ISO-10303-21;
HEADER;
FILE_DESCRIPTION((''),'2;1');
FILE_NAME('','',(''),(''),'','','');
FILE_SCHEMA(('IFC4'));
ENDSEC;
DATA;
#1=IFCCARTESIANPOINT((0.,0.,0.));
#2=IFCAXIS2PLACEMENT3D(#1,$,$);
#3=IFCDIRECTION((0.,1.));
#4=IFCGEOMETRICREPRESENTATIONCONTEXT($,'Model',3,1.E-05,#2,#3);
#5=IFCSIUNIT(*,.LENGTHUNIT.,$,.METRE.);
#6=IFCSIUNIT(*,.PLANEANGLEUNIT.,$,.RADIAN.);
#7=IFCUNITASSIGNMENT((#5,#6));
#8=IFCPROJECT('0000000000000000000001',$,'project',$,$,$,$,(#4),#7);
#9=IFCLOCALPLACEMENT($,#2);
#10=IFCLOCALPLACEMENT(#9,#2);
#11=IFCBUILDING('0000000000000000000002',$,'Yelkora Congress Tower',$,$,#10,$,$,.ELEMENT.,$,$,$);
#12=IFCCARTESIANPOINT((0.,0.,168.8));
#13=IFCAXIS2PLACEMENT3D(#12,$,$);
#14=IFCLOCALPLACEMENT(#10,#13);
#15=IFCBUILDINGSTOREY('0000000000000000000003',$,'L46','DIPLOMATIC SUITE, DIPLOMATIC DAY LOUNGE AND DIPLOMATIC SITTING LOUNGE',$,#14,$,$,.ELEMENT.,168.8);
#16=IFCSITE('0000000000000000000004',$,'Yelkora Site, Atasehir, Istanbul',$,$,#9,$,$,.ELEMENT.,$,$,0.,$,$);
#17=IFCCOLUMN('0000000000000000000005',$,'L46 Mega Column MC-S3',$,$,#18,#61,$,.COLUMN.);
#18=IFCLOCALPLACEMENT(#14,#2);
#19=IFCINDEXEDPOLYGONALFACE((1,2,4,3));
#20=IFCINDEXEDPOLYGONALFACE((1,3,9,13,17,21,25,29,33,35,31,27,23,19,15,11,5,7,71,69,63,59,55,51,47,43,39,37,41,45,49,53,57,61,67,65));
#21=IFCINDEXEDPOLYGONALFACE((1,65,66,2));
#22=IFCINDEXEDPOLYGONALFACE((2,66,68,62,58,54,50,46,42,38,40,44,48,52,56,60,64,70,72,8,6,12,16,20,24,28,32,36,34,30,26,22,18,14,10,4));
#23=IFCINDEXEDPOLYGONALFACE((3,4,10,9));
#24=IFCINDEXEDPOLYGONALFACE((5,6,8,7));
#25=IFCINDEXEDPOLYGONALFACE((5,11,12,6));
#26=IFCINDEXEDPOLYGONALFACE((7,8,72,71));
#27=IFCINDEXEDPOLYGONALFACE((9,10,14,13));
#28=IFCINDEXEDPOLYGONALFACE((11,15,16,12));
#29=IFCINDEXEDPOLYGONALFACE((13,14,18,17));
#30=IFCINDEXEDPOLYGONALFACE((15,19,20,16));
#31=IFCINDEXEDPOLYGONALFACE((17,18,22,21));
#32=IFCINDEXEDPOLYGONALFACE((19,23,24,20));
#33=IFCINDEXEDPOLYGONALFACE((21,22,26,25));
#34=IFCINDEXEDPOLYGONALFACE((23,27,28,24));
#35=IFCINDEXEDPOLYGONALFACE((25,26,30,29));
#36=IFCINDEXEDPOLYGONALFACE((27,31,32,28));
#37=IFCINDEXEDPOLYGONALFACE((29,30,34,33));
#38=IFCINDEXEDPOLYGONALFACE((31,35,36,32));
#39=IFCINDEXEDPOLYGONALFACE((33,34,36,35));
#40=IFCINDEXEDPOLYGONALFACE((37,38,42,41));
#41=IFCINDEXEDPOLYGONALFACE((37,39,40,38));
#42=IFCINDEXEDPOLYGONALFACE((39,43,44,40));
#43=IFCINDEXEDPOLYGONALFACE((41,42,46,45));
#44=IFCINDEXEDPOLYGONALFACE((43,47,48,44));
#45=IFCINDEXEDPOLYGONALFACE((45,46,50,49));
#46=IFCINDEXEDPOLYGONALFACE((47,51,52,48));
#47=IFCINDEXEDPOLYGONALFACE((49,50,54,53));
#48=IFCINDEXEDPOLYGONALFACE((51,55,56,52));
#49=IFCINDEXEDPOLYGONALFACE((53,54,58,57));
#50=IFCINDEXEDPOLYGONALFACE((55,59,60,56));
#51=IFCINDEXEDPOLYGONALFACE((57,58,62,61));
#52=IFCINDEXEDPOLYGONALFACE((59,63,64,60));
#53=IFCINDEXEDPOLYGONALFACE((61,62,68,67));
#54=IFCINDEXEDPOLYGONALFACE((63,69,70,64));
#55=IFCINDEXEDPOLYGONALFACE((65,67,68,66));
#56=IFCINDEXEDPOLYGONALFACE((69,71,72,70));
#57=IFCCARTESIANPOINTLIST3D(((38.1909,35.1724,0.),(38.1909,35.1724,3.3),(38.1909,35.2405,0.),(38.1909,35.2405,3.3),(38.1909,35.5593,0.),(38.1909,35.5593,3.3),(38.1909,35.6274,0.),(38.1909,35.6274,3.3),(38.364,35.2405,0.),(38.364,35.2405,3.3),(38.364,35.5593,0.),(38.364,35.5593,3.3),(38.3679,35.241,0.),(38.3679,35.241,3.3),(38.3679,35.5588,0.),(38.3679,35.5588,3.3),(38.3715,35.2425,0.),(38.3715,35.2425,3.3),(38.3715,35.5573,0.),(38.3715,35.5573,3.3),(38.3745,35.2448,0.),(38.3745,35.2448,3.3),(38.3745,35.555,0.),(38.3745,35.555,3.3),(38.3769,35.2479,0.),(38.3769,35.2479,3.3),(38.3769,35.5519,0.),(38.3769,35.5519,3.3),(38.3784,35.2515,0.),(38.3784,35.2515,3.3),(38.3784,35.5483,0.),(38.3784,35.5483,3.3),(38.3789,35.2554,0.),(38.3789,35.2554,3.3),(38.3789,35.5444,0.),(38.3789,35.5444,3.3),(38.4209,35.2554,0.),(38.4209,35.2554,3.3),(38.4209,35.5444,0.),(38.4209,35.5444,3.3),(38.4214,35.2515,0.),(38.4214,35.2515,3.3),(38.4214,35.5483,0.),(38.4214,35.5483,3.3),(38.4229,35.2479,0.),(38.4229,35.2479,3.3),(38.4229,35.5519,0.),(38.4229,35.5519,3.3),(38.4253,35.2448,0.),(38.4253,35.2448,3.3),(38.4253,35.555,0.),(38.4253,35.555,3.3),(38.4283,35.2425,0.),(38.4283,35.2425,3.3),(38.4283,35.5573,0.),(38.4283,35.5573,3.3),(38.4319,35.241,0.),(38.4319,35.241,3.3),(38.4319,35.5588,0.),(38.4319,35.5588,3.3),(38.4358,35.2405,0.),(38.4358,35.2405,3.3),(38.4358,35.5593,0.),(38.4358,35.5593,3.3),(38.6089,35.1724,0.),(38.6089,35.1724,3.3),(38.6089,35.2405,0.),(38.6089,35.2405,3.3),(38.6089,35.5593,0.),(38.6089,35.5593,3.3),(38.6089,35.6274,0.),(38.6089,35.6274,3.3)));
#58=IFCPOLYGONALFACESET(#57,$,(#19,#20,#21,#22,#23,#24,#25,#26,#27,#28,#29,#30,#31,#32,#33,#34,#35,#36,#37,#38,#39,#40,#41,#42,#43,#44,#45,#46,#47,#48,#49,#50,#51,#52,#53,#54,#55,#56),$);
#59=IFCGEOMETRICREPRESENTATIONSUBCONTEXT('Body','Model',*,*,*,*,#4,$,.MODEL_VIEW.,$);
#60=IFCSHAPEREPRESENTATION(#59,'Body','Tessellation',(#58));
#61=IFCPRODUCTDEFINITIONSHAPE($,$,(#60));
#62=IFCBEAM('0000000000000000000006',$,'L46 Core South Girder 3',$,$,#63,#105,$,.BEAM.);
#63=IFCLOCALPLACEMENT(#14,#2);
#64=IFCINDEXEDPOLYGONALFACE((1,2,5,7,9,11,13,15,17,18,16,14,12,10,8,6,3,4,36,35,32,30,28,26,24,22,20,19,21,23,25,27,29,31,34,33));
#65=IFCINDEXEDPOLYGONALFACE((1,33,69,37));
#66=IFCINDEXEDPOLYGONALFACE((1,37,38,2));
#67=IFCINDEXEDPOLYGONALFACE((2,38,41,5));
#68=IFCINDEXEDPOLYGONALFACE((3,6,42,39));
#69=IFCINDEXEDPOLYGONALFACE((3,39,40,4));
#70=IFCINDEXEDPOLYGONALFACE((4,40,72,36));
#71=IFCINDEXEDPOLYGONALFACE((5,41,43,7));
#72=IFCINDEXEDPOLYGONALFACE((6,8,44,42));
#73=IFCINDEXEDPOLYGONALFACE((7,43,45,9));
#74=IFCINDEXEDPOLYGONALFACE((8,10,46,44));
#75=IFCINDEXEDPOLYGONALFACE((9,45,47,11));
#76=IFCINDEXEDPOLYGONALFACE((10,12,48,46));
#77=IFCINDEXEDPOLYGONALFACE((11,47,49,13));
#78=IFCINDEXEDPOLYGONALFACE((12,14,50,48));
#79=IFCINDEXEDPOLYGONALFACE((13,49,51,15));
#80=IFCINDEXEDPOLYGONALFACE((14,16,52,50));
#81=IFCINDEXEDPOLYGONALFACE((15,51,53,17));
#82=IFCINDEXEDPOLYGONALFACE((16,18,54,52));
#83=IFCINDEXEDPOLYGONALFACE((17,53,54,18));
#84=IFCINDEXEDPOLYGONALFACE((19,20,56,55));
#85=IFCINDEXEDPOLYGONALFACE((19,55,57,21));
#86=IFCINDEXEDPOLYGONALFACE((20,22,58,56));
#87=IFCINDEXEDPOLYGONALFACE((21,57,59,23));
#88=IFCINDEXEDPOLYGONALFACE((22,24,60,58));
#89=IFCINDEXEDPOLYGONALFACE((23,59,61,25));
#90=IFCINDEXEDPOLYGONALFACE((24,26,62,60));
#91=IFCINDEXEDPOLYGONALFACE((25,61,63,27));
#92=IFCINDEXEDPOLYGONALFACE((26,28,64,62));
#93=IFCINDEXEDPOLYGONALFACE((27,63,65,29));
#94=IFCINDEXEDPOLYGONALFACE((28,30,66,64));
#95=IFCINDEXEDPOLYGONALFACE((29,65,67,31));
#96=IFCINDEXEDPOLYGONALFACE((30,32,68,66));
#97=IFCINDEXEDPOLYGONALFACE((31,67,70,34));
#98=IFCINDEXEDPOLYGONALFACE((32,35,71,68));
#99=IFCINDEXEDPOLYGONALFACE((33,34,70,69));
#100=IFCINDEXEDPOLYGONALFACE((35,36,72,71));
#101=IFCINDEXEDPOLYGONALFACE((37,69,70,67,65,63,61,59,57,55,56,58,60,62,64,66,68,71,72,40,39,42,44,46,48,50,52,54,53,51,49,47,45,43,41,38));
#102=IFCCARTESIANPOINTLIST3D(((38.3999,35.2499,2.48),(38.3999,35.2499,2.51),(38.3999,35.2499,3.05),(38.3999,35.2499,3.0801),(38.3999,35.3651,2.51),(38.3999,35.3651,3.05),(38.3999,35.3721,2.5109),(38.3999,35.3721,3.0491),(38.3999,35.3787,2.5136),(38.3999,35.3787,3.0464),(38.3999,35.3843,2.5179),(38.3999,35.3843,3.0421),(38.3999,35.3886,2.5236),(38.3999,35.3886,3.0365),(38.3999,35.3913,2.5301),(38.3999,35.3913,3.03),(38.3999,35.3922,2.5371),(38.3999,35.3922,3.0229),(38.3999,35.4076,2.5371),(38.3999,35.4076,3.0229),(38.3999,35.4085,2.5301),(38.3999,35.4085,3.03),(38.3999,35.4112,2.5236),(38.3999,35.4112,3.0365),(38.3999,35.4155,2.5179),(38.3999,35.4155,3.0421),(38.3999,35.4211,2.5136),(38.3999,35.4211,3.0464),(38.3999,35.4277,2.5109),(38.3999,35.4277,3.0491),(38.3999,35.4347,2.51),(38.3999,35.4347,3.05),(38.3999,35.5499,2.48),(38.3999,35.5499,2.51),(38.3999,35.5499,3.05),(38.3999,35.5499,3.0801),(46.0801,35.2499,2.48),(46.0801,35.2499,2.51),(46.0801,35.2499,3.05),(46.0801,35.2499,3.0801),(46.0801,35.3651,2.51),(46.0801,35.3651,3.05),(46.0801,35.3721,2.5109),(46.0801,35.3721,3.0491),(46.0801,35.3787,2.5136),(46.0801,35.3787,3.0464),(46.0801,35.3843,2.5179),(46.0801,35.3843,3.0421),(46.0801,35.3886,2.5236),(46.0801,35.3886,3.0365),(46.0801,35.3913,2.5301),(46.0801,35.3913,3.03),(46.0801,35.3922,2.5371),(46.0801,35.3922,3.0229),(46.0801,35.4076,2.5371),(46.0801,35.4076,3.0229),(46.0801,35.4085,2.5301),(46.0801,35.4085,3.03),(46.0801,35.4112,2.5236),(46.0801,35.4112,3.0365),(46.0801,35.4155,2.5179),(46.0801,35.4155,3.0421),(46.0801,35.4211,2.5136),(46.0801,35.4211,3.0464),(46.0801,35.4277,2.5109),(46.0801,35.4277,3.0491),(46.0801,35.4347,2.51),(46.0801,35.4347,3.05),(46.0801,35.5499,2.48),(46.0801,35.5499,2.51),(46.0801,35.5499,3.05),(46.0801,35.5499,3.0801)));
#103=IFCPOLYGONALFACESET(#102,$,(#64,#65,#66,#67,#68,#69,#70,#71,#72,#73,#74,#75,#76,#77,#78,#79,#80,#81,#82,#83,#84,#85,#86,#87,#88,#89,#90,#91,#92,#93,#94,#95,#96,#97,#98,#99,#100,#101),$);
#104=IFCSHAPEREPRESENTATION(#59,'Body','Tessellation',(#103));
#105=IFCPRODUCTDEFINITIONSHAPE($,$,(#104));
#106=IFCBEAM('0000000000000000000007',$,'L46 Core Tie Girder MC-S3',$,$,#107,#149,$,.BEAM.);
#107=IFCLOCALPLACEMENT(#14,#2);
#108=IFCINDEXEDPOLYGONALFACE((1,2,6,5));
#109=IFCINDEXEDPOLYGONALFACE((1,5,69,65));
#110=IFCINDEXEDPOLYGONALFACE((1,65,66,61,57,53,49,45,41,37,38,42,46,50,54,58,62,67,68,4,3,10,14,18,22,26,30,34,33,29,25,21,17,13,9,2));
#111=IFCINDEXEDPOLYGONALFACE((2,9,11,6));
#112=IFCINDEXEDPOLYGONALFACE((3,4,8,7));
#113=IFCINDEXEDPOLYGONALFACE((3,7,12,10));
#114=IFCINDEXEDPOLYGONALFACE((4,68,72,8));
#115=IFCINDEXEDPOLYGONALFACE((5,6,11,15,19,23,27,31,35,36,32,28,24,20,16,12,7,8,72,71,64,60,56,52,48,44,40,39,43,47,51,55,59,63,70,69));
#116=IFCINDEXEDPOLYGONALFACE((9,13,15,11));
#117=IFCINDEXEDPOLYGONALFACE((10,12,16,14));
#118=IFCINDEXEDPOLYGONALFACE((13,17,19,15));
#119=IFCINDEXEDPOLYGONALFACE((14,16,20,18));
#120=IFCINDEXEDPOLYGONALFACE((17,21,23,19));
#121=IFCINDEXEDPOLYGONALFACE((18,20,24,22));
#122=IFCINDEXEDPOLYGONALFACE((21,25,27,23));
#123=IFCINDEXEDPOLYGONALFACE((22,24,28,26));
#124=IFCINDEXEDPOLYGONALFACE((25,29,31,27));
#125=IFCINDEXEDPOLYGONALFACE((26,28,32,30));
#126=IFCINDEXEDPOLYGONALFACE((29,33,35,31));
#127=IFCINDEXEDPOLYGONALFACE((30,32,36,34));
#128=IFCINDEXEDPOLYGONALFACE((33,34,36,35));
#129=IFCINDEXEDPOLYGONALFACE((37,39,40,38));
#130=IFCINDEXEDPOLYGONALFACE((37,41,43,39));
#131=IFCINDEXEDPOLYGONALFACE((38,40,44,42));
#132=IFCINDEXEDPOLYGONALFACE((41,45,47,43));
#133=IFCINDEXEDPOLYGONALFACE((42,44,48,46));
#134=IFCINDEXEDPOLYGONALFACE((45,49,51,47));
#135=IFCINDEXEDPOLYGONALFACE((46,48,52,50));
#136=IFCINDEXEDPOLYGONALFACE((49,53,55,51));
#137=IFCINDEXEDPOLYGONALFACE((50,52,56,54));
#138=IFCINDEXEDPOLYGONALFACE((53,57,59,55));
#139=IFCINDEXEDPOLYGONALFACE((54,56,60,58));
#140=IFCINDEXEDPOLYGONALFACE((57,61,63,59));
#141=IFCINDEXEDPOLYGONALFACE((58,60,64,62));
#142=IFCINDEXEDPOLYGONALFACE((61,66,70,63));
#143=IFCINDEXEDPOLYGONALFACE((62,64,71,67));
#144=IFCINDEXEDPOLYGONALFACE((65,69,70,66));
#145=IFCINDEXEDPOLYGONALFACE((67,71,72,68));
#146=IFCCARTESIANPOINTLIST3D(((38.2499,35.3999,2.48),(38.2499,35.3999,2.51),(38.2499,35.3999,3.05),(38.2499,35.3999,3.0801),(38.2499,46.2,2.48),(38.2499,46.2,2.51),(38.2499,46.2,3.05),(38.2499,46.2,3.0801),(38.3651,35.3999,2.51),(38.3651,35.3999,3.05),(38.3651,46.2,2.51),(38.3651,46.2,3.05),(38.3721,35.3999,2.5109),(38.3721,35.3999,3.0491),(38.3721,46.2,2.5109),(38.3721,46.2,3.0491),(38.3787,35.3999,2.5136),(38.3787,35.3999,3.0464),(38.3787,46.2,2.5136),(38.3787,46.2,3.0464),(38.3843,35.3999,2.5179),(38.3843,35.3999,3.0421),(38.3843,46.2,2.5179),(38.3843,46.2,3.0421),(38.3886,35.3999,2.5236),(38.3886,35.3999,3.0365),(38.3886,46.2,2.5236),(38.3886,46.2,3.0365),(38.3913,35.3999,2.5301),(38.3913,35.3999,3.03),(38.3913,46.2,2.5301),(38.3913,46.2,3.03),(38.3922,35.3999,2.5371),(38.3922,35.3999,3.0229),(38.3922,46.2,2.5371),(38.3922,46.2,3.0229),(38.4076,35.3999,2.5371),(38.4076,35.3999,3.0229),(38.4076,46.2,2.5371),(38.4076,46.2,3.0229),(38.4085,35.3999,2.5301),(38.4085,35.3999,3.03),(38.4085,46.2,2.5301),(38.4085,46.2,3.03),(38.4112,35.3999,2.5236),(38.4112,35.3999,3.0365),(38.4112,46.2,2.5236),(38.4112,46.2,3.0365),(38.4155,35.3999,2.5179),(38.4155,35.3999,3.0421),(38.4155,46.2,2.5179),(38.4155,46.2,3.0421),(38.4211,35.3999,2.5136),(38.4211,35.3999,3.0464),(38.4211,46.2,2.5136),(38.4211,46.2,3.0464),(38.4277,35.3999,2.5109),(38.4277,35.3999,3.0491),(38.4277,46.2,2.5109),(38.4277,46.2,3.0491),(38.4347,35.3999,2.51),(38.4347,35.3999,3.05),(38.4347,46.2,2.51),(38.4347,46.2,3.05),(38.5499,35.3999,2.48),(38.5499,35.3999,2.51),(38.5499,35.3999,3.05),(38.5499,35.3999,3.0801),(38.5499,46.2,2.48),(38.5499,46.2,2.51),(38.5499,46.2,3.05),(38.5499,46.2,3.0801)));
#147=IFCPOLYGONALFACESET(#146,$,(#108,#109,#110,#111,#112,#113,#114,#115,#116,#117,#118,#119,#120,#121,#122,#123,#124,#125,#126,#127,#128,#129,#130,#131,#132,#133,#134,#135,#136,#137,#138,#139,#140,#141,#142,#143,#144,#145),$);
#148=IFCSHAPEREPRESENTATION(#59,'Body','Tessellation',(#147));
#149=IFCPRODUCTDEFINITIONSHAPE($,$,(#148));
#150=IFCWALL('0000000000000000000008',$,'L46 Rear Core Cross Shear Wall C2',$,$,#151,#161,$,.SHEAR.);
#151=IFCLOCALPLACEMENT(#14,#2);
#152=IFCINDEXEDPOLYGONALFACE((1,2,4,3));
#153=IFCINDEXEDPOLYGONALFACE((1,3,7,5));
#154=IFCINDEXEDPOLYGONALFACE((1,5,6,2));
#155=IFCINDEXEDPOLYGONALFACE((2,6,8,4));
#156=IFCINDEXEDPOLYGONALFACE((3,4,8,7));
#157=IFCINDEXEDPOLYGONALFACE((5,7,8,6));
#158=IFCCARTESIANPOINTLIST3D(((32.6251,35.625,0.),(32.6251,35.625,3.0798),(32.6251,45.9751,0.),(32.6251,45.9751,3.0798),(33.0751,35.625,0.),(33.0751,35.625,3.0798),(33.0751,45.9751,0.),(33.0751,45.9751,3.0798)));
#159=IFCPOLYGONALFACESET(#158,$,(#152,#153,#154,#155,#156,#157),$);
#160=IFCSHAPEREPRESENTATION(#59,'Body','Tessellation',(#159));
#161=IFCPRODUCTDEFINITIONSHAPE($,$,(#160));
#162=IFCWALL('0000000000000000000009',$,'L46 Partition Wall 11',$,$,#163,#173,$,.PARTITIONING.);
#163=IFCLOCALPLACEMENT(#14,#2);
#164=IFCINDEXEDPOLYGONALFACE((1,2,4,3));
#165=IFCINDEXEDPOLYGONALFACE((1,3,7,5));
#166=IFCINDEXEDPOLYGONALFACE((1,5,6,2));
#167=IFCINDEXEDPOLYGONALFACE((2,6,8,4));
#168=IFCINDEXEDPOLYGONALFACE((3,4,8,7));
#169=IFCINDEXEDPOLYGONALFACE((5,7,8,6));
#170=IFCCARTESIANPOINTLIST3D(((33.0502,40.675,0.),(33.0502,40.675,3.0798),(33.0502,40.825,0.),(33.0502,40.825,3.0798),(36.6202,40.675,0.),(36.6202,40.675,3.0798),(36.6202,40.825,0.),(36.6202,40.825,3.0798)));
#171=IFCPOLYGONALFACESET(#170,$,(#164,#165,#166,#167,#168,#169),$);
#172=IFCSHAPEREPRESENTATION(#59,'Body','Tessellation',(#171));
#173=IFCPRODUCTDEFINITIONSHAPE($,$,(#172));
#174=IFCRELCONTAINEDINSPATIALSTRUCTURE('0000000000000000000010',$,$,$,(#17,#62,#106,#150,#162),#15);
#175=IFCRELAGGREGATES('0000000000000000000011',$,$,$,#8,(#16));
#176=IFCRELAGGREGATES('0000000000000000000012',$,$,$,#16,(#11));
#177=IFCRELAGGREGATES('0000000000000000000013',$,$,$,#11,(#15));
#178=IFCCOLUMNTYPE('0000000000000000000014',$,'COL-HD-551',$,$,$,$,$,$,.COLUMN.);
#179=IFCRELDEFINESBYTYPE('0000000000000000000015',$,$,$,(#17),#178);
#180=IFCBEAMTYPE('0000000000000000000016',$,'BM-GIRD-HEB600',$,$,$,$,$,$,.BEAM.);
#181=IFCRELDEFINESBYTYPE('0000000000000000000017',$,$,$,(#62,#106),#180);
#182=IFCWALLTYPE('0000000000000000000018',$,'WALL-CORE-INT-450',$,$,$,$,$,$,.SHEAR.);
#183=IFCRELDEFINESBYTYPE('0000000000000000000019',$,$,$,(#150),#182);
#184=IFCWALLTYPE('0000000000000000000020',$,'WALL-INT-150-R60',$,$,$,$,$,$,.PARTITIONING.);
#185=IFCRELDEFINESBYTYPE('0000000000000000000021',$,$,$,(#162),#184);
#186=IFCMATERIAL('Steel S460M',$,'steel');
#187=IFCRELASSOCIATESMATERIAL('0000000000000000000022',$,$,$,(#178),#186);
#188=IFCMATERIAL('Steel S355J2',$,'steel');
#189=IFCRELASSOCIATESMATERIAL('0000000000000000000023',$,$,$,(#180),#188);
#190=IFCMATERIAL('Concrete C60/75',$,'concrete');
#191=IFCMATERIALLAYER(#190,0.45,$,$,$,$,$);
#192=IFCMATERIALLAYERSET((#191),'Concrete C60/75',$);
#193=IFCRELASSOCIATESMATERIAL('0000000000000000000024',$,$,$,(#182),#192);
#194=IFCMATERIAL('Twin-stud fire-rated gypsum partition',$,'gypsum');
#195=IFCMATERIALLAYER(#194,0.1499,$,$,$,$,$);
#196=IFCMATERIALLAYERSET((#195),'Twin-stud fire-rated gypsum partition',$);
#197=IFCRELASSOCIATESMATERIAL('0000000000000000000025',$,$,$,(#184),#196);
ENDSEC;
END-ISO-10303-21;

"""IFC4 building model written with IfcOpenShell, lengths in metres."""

from ifc_helpers import new_model, si_unit, direction, frame, frame_2d, origin, origin_2d, place, context, subcontext, project, spatial, rectangle, i_section, extrude, material, layer, layer_set, material_profile, profile_set, type_object, element, save


model = new_model("IFC4")

# Units and contexts
model_context = context("Model", 3, precision=1e-05, world=origin(), true_north=direction((0.0, 1.0)))
body_context = subcontext(model_context, "Body", "Model", "MODEL_VIEW")
ifc_project = project(units=[si_unit("LENGTHUNIT", "METRE"), si_unit("PLANEANGLEUNIT", "RADIAN")], contexts=[model_context])

# Site, building, storey
site_placement = place(None, origin())
site = spatial("IfcSite", under=ifc_project, at=site_placement, Name="Yelkora Site, Atasehir, Istanbul", CompositionType="ELEMENT", RefElevation=0.0)
building_placement = place(site_placement, origin())
building = spatial("IfcBuilding", under=site, at=building_placement, Name="Yelkora Congress Tower", CompositionType="ELEMENT")
storey_placement = place(building_placement, frame((0.0, 0.0, 168.8)))
storey = spatial("IfcBuildingStorey", under=building, at=storey_placement, Name="L46", Description="DIPLOMATIC SUITE, DIPLOMATIC DAY LOUNGE AND DIPLOMATIC SITTING LOUNGE", CompositionType="ELEMENT", Elevation=168.8)

# Column
ifc_material_1 = material(Name="Steel S460M", Category="steel")
ifc_material_profile_1 = material_profile(ifc_material_1, i_section(OverallWidth=0.418, OverallDepth=0.4551, WebThickness=0.042, FlangeThickness=0.0681, FilletRadius=0.0149, at=origin_2d()), Name="HD 400x551")
ifc_profile_set_1 = profile_set([ifc_material_profile_1], Name="Steel S460M")
column_type = type_object("IfcColumnType", Name="COL-HD-551", PredefinedType="COLUMN", material=ifc_profile_set_1)
column_placement = place(storey_placement, frame((38.3999, 35.3999, 0.0), z_axis=(0.0, 0.0, 1.0), x_axis=(1.0, 0.0, 0.0)))
element("IfcColumn", 1, at=column_placement, inside=storey, type_object=column_type, Name="L46 Mega Column MC-S3", PredefinedType="COLUMN", context=body_context, shape_type="SweptSolid", body=[
    extrude(i_section(OverallWidth=0.418, OverallDepth=0.4551, WebThickness=0.042, FlangeThickness=0.0681, FilletRadius=0.0149, at=origin_2d()), origin(), (0.0, 0.0, 1.0), 3.3),
])

# Beams
ifc_material_2 = material(Name="Steel S355J2", Category="steel")
ifc_material_profile_2 = material_profile(ifc_material_2, i_section(OverallWidth=0.3, OverallDepth=0.6001, WebThickness=0.0154, FlangeThickness=0.03, FilletRadius=0.0271, at=origin_2d()), Name="HEB 600")
ifc_profile_set_2 = profile_set([ifc_material_profile_2], Name="Steel S355J2")
beam_type = type_object("IfcBeamType", Name="BM-GIRD-HEB600", PredefinedType="BEAM", material=ifc_profile_set_2)
beam_1_placement = place(storey_placement, frame((38.3999, 35.3999, 2.78), z_axis=(1.0, 0.0, 0.0), x_axis=(0.0, 1.0, 0.0)))
element("IfcBeam", 2, at=beam_1_placement, inside=storey, type_object=beam_type, Name="L46 Core South Girder 3", PredefinedType="BEAM", context=body_context, shape_type="SweptSolid", body=[
    extrude(i_section(OverallWidth=0.3, OverallDepth=0.6001, WebThickness=0.0154, FlangeThickness=0.03, FilletRadius=0.0271, at=origin_2d()), origin(), (0.0, 0.0, 1.0), 7.6802),
])
beam_2_placement = place(storey_placement, frame((38.3999, 35.3999, 2.78), z_axis=(0.0, 1.0, 0.0), x_axis=(-1.0, 0.0, 0.0)))
element("IfcBeam", 3, at=beam_2_placement, inside=storey, type_object=beam_type, Name="L46 Core Tie Girder MC-S3", PredefinedType="BEAM", context=body_context, shape_type="SweptSolid", body=[
    extrude(i_section(OverallWidth=0.3, OverallDepth=0.6001, WebThickness=0.0154, FlangeThickness=0.03, FilletRadius=0.0271, at=origin_2d()), origin(), (0.0, 0.0, 1.0), 10.8),
])

# Shared definitions
ifc_material_3 = material(Name="Concrete C60/75", Category="concrete")
ifc_layer_1 = layer(ifc_material_3, 0.45)
ifc_layer_set_1 = layer_set([ifc_layer_1], Name="Concrete C60/75")
wall_type_1 = type_object("IfcWallType", Name="WALL-CORE-INT-450", PredefinedType="SHEAR", material=ifc_layer_set_1)

# Walls
wall_1_placement = place(storey_placement, frame((32.8501, 35.625, 0.0), z_axis=(0.0, 0.0, 1.0), x_axis=(0.0, 1.0, 0.0)))
element("IfcWall", 4, at=wall_1_placement, inside=storey, type_object=wall_type_1, Name="L46 Rear Core Cross Shear Wall C2", PredefinedType="SHEAR", context=body_context, shape_type="SweptSolid", body=[
    extrude(rectangle(XDim=10.3501, YDim=0.45, at=frame_2d((5.175, 0.0))), origin(), (0.0, 0.0, 1.0), 3.0798),
])
ifc_material_4 = material(Name="Twin-stud fire-rated gypsum partition", Category="gypsum")
ifc_layer_2 = layer(ifc_material_4, 0.1499)
ifc_layer_set_2 = layer_set([ifc_layer_2], Name="Twin-stud fire-rated gypsum partition")
wall_type_2 = type_object("IfcWallType", Name="WALL-INT-150-R60", PredefinedType="PARTITIONING", material=ifc_layer_set_2)
wall_2_placement = place(storey_placement, frame((33.05, 40.75, 0.0), z_axis=(0.0, 0.0, 1.0), x_axis=(1.0, 0.0, 0.0)))
element("IfcWall", 5, at=wall_2_placement, inside=storey, type_object=wall_type_2, Name="L46 Partition Wall 11", PredefinedType="PARTITIONING", context=body_context, shape_type="SweptSolid", body=[
    extrude(rectangle(XDim=3.5701, YDim=0.1499, at=frame_2d((1.7852, 0.0))), origin(), (0.0, 0.0, 1.0), 3.0798),
])

save(model, "model.ifc")
